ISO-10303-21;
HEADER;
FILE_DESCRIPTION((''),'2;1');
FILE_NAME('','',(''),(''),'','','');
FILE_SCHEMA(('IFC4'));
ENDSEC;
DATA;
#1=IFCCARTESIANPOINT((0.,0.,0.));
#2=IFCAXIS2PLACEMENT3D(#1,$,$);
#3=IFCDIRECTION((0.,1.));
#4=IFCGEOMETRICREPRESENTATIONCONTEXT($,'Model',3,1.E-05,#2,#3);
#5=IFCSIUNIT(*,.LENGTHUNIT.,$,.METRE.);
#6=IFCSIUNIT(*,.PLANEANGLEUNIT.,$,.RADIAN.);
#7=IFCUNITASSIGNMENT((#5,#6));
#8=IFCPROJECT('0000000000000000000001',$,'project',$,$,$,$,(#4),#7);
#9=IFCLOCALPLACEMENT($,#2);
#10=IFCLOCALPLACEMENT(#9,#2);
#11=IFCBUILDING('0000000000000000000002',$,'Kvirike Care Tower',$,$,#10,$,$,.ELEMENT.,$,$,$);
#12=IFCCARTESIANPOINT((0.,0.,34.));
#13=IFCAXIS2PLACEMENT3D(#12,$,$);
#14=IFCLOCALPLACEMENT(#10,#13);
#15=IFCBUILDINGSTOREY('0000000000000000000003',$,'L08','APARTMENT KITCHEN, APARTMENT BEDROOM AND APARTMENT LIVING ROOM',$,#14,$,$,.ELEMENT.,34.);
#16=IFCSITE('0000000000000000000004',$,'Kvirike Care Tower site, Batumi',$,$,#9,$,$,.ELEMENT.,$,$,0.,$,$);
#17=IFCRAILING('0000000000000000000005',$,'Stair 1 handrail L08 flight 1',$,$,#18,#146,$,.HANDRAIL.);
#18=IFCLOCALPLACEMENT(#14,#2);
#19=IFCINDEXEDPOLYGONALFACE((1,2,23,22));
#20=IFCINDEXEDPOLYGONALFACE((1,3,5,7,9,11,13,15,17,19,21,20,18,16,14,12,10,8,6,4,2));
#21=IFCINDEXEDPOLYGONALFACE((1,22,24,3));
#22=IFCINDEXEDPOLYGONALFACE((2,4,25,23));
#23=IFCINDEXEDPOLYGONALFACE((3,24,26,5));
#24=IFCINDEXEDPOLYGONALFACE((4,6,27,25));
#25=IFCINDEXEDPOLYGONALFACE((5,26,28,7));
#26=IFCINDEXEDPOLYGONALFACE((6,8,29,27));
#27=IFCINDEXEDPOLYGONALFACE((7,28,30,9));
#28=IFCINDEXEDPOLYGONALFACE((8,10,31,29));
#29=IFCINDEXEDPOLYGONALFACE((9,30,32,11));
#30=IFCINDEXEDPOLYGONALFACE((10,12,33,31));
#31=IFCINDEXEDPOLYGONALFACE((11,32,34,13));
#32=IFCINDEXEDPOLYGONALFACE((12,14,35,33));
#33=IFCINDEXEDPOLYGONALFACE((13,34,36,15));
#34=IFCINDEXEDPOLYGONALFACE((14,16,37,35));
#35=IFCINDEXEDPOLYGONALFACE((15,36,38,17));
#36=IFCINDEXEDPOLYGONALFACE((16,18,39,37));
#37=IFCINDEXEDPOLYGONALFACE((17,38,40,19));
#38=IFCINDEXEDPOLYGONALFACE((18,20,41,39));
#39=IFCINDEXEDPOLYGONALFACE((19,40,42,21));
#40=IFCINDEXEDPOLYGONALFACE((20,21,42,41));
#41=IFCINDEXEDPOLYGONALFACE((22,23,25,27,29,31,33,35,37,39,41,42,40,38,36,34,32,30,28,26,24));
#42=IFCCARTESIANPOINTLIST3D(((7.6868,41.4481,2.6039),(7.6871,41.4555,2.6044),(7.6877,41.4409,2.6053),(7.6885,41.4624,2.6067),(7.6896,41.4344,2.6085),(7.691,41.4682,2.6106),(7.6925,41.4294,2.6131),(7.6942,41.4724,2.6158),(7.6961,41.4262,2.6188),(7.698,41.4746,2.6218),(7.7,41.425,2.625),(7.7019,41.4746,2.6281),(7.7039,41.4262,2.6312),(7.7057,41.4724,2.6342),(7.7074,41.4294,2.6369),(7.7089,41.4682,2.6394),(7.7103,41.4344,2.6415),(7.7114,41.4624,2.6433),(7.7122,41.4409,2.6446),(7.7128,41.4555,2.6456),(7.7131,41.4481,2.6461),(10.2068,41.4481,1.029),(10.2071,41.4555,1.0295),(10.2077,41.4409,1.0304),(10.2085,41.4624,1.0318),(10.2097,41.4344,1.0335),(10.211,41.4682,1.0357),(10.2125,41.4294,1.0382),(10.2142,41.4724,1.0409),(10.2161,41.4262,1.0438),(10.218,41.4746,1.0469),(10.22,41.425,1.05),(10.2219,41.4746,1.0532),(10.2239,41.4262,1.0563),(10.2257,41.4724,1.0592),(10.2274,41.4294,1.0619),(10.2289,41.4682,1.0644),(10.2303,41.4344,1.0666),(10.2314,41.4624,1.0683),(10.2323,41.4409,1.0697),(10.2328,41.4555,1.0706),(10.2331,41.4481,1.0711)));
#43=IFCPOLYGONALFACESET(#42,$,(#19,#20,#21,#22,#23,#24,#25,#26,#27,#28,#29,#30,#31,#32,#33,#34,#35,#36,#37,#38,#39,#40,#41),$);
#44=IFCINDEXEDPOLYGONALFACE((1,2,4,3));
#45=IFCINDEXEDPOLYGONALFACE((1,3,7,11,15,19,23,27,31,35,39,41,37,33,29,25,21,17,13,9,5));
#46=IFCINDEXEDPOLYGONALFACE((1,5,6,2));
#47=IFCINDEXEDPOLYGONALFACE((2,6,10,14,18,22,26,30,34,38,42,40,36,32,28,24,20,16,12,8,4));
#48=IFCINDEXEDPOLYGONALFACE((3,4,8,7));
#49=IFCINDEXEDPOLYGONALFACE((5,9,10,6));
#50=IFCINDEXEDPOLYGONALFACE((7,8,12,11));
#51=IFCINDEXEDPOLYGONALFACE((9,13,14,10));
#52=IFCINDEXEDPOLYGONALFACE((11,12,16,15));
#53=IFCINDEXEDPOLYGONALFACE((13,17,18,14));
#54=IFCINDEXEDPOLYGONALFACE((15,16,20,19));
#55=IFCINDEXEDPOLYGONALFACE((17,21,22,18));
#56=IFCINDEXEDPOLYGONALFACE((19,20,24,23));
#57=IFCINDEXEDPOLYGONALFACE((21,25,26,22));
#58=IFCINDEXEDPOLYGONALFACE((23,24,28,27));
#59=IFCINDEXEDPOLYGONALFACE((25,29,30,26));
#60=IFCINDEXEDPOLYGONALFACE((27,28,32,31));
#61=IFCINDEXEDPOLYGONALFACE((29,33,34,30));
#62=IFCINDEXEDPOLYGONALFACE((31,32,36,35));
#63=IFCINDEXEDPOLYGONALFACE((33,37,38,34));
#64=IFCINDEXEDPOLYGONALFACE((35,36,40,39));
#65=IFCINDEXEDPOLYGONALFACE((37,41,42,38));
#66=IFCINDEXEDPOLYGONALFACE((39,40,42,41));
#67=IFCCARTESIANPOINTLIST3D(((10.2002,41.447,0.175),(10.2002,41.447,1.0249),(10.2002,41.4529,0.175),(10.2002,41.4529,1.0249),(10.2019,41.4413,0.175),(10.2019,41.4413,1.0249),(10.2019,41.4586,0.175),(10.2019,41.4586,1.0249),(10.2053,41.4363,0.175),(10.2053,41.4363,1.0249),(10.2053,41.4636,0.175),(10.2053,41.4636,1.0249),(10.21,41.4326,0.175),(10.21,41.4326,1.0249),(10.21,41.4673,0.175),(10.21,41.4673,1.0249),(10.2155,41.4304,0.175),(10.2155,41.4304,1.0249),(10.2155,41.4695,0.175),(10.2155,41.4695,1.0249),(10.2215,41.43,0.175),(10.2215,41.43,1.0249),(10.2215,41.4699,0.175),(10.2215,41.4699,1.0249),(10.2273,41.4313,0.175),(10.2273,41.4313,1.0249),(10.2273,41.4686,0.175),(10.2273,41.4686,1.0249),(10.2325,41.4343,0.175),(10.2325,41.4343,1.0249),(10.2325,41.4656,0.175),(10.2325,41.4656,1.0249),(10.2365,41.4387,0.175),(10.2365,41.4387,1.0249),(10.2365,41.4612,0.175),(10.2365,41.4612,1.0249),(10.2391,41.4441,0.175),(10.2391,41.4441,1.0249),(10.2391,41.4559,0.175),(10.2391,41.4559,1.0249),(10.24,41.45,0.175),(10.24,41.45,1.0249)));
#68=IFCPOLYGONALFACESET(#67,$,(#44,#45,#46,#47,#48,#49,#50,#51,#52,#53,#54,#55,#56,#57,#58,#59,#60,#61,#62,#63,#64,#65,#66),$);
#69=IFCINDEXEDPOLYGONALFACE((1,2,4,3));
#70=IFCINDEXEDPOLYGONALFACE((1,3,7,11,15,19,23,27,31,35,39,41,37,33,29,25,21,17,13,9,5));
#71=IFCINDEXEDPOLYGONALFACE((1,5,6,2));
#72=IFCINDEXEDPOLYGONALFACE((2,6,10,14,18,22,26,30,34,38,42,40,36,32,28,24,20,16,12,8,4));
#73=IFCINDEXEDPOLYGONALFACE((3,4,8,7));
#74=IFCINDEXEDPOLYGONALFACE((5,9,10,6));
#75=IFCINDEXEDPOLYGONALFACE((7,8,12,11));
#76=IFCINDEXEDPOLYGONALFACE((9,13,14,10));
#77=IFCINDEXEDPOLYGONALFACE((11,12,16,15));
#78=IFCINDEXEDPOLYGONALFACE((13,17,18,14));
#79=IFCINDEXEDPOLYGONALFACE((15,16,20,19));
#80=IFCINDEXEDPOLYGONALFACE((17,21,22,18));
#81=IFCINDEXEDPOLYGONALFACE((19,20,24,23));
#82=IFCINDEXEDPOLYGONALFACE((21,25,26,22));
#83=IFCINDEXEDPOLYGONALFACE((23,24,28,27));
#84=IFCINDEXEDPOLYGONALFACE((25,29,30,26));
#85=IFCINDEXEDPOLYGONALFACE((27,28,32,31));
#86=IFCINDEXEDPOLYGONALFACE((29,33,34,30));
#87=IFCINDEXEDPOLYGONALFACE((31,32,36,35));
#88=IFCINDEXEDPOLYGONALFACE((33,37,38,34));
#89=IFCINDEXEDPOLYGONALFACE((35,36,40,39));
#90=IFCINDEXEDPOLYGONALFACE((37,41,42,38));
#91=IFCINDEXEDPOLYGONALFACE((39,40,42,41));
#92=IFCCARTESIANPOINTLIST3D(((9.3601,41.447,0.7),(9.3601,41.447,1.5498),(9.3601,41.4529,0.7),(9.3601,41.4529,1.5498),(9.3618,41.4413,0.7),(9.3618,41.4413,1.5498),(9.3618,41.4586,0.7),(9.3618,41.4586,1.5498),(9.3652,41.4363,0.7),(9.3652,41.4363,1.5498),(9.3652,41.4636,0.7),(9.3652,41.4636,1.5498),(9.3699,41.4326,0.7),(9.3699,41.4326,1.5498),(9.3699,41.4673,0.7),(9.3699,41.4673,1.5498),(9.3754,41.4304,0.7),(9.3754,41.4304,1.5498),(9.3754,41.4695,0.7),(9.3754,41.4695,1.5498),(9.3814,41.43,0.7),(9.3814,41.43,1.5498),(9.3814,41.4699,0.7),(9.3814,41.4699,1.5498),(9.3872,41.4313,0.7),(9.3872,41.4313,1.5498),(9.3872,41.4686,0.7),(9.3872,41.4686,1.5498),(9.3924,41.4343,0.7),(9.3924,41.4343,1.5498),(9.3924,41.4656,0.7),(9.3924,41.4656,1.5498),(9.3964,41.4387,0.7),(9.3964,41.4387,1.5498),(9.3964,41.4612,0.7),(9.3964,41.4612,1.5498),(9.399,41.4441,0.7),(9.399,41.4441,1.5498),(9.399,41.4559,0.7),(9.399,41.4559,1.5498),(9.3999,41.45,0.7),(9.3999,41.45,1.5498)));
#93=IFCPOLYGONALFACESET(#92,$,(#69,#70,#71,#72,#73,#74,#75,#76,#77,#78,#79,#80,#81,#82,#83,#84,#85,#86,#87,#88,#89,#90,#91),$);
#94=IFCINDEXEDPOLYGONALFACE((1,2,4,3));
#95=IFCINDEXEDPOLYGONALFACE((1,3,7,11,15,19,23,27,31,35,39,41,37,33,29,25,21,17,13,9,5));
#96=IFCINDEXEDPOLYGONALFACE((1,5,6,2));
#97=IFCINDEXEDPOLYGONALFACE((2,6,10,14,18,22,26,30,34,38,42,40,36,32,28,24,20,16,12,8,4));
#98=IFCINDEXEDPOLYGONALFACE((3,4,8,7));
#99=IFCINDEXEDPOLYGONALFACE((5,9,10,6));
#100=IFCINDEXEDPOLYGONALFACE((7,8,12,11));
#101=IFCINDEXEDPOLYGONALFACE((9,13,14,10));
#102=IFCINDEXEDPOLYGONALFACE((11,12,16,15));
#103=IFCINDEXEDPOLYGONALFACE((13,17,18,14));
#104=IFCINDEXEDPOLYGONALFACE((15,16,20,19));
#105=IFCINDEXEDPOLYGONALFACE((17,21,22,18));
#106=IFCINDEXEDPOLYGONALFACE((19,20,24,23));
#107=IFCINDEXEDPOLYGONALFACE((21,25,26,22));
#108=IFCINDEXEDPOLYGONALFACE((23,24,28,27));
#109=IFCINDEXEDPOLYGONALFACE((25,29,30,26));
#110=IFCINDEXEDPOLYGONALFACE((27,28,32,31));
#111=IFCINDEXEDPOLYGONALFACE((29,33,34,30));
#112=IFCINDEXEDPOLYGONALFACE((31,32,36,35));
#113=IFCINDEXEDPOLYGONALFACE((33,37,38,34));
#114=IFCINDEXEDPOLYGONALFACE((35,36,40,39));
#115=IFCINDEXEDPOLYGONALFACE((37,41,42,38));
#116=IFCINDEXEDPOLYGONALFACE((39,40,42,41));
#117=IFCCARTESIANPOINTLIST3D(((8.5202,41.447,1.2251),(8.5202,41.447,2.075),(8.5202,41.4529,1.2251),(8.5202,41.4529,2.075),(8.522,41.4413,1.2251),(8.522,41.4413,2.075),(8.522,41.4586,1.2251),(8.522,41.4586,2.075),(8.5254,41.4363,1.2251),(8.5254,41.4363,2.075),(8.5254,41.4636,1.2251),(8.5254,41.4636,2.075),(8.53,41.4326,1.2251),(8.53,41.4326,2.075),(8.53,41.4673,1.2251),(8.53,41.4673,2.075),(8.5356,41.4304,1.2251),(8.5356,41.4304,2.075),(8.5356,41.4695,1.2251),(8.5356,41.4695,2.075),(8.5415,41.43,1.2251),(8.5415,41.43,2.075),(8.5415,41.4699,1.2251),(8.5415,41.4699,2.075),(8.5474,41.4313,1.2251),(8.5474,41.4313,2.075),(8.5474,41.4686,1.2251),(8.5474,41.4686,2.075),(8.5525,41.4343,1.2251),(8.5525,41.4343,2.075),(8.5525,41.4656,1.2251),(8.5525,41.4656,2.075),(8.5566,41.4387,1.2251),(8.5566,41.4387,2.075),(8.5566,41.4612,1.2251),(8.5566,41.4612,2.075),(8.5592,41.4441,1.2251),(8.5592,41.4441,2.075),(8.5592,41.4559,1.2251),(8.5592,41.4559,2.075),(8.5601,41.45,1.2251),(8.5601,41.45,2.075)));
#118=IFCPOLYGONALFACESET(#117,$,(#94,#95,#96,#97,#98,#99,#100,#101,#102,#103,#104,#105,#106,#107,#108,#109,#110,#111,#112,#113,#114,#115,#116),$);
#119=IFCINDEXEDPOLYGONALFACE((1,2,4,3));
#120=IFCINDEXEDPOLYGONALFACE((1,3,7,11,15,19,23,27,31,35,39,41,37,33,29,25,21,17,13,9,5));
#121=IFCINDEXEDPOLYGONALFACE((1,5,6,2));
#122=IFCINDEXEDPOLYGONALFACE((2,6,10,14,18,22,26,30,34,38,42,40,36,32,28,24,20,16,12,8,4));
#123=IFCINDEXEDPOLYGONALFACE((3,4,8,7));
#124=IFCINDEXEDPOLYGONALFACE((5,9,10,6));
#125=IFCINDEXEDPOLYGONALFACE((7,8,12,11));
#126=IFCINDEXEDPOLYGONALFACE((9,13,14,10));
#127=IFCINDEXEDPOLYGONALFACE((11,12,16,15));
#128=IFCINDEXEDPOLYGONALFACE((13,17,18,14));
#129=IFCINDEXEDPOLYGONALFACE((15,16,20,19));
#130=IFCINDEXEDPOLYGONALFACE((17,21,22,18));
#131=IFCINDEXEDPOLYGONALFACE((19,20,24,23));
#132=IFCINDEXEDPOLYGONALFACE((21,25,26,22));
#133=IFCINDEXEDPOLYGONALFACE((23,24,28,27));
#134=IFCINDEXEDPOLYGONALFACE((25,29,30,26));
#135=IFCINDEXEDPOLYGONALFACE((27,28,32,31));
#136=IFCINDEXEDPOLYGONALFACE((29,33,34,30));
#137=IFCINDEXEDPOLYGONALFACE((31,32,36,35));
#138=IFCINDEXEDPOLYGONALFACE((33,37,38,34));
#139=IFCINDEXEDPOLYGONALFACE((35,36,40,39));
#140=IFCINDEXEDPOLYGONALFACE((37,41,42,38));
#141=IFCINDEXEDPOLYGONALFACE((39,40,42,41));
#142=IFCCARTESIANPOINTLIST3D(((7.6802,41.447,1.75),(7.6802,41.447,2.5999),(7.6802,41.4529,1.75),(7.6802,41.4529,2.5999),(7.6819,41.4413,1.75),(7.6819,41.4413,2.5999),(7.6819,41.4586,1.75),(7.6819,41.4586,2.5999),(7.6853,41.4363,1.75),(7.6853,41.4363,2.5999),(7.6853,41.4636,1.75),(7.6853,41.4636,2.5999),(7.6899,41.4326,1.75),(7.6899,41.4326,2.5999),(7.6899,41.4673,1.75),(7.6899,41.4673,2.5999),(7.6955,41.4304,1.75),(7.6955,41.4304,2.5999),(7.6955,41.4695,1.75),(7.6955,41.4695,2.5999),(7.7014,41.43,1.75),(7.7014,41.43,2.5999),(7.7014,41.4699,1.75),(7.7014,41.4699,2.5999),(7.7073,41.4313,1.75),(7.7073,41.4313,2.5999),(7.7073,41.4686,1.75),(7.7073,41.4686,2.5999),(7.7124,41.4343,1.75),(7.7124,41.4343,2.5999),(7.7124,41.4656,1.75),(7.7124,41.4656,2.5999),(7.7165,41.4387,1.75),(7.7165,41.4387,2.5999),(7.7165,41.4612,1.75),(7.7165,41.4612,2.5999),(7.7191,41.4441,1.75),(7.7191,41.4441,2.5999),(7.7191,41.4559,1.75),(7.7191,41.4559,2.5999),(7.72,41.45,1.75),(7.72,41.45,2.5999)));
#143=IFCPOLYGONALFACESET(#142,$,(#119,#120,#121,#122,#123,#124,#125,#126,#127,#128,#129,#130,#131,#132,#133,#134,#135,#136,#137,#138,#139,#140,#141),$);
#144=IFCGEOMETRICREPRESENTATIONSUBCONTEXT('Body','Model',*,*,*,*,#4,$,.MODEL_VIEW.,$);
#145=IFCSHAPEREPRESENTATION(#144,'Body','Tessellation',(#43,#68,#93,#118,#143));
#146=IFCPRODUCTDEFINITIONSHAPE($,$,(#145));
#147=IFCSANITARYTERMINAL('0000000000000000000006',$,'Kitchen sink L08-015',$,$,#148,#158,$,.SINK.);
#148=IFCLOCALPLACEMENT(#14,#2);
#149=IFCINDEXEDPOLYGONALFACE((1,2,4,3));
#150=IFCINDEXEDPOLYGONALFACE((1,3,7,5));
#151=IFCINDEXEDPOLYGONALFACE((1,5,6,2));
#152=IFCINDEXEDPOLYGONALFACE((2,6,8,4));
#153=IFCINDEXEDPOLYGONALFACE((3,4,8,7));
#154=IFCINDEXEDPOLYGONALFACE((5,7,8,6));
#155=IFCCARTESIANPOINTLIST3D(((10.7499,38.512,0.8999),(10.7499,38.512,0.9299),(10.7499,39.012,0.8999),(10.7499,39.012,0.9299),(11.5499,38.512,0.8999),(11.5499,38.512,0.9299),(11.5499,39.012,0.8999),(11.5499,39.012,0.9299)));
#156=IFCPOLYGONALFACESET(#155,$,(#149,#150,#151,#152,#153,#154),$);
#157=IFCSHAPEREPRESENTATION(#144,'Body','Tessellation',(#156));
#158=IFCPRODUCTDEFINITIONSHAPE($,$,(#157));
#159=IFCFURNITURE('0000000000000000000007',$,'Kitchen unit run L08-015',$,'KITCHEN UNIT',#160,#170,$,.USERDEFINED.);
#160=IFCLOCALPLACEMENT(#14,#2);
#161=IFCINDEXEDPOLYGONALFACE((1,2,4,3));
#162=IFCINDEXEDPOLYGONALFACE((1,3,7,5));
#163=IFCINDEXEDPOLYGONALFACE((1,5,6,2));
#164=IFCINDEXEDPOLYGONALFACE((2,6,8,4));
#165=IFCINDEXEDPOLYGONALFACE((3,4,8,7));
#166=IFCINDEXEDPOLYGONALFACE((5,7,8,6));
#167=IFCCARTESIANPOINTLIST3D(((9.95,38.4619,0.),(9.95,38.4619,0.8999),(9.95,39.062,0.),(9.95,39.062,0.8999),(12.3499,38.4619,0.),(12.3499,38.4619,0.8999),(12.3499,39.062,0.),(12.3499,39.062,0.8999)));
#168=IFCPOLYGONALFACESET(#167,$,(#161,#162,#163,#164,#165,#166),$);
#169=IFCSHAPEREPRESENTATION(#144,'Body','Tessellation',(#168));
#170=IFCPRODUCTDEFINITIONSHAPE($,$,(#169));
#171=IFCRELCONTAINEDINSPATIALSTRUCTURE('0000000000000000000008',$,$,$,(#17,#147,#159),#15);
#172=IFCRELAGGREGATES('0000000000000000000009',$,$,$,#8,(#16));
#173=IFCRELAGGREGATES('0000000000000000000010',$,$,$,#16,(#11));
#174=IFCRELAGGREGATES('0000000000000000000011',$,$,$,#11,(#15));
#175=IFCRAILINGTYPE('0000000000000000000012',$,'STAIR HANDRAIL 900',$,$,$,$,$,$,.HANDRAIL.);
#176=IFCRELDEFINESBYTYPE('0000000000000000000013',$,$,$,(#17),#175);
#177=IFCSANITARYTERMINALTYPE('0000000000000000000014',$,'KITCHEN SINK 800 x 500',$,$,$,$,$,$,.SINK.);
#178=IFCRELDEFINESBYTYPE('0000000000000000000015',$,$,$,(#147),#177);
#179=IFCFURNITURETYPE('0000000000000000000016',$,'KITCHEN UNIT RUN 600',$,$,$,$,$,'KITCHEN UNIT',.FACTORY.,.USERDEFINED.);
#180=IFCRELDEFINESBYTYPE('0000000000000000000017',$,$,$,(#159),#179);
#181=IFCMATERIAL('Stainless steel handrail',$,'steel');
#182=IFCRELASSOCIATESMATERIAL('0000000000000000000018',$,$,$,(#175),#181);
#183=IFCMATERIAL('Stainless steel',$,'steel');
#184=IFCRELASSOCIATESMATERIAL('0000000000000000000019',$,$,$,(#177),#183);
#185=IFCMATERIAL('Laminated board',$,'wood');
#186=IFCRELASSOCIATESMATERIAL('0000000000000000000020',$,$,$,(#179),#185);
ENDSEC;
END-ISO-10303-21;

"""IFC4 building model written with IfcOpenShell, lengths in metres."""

from ifc_helpers import new_model, si_unit, direction, frame, origin, origin_2d, place, context, subcontext, project, spatial, rectangle, circle, extrude, material, type_object, element, save


model = new_model("IFC4")

# Units and contexts
model_context = context("Model", 3, precision=1e-05, world=origin(), true_north=direction((0.0, 1.0)))
body_context = subcontext(model_context, "Body", "Model", "MODEL_VIEW")
ifc_project = project(units=[si_unit("LENGTHUNIT", "METRE"), si_unit("PLANEANGLEUNIT", "RADIAN")], contexts=[model_context])

# Site, building, storey
site_placement = place(None, origin())
site = spatial("IfcSite", under=ifc_project, at=site_placement, Name="Kvirike Care Tower site, Batumi", CompositionType="ELEMENT", RefElevation=0.0)
building_placement = place(site_placement, origin())
building = spatial("IfcBuilding", under=site, at=building_placement, Name="Kvirike Care Tower", CompositionType="ELEMENT")
storey_placement = place(building_placement, frame((0.0, 0.0, 34.0)))
storey = spatial("IfcBuildingStorey", under=building, at=storey_placement, Name="L08", Description="APARTMENT KITCHEN, APARTMENT BEDROOM AND APARTMENT LIVING ROOM", CompositionType="ELEMENT", Elevation=34.0)

# Railing
ifc_material_1 = material(Name="Stainless steel handrail", Category="steel")
railing_type = type_object("IfcRailingType", Name="STAIR HANDRAIL 900", PredefinedType="HANDRAIL", material=ifc_material_1)
railing_placement = place(storey_placement, frame((10.22, 41.45, 0.175)))
element("IfcRailing", 1, at=railing_placement, inside=storey, type_object=railing_type, Name="Stair 1 handrail L08 flight 1", PredefinedType="HANDRAIL", context=body_context, shape_type="SweptSolid", body=[
    extrude(circle(Radius=0.0249, at=origin_2d()), frame((0.0, 0.0, 0.875), z_axis=(-0.848008, 0.0, 0.529984), x_axis=(0.0, -1.0, 0.0)), (0.0, 0.0, 1.0), 2.9717),
    extrude(circle(Radius=0.02, at=origin_2d()), origin(), (0.0, 0.0, 1.0), 0.8499),
    extrude(circle(Radius=0.02, at=origin_2d()), frame((-0.8401, 0.0, 0.5249)), (0.0, 0.0, 1.0), 0.8499),
    extrude(circle(Radius=0.02, at=origin_2d()), frame((-1.6799, 0.0, 1.05)), (0.0, 0.0, 1.0), 0.8499),
    extrude(circle(Radius=0.02, at=origin_2d()), frame((-2.52, 0.0, 1.575)), (0.0, 0.0, 1.0), 0.8499),
])

# Sanitary terminal
ifc_material_2 = material(Name="Stainless steel", Category="steel")
sanitary_terminal_type = type_object("IfcSanitaryTerminalType", Name="KITCHEN SINK 800 x 500", PredefinedType="SINK", material=ifc_material_2)
sanitary_terminal_placement = place(storey_placement, frame((11.1499, 38.762, 0.8999), z_axis=(0.0, 0.0, 1.0), x_axis=(-1.0, 0.0, 0.0)))
element("IfcSanitaryTerminal", 2, at=sanitary_terminal_placement, inside=storey, type_object=sanitary_terminal_type, Name="Kitchen sink L08-015", PredefinedType="SINK", context=body_context, shape_type="SweptSolid", body=[
    extrude(rectangle(XDim=0.8, YDim=0.5, at=origin_2d()), origin(), (0.0, 0.0, 1.0), 0.03),
])

# Furniture
ifc_material_3 = material(Name="Laminated board", Category="wood")
furniture_type = type_object("IfcFurnitureType", Name="KITCHEN UNIT RUN 600", ElementType="KITCHEN UNIT", AssemblyPlace="FACTORY", PredefinedType="USERDEFINED", material=ifc_material_3)
furniture_placement = place(storey_placement, frame((11.1499, 38.762, 0.0), z_axis=(0.0, 0.0, 1.0), x_axis=(-1.0, 0.0, 0.0)))
element("IfcFurniture", 3, at=furniture_placement, inside=storey, type_object=furniture_type, Name="Kitchen unit run L08-015", ObjectType="KITCHEN UNIT", PredefinedType="USERDEFINED", context=body_context, shape_type="SweptSolid", body=[
    extrude(rectangle(XDim=2.3999, YDim=0.6001, at=origin_2d()), origin(), (0.0, 0.0, 1.0), 0.8999),
])

save(model, "model.ifc")
